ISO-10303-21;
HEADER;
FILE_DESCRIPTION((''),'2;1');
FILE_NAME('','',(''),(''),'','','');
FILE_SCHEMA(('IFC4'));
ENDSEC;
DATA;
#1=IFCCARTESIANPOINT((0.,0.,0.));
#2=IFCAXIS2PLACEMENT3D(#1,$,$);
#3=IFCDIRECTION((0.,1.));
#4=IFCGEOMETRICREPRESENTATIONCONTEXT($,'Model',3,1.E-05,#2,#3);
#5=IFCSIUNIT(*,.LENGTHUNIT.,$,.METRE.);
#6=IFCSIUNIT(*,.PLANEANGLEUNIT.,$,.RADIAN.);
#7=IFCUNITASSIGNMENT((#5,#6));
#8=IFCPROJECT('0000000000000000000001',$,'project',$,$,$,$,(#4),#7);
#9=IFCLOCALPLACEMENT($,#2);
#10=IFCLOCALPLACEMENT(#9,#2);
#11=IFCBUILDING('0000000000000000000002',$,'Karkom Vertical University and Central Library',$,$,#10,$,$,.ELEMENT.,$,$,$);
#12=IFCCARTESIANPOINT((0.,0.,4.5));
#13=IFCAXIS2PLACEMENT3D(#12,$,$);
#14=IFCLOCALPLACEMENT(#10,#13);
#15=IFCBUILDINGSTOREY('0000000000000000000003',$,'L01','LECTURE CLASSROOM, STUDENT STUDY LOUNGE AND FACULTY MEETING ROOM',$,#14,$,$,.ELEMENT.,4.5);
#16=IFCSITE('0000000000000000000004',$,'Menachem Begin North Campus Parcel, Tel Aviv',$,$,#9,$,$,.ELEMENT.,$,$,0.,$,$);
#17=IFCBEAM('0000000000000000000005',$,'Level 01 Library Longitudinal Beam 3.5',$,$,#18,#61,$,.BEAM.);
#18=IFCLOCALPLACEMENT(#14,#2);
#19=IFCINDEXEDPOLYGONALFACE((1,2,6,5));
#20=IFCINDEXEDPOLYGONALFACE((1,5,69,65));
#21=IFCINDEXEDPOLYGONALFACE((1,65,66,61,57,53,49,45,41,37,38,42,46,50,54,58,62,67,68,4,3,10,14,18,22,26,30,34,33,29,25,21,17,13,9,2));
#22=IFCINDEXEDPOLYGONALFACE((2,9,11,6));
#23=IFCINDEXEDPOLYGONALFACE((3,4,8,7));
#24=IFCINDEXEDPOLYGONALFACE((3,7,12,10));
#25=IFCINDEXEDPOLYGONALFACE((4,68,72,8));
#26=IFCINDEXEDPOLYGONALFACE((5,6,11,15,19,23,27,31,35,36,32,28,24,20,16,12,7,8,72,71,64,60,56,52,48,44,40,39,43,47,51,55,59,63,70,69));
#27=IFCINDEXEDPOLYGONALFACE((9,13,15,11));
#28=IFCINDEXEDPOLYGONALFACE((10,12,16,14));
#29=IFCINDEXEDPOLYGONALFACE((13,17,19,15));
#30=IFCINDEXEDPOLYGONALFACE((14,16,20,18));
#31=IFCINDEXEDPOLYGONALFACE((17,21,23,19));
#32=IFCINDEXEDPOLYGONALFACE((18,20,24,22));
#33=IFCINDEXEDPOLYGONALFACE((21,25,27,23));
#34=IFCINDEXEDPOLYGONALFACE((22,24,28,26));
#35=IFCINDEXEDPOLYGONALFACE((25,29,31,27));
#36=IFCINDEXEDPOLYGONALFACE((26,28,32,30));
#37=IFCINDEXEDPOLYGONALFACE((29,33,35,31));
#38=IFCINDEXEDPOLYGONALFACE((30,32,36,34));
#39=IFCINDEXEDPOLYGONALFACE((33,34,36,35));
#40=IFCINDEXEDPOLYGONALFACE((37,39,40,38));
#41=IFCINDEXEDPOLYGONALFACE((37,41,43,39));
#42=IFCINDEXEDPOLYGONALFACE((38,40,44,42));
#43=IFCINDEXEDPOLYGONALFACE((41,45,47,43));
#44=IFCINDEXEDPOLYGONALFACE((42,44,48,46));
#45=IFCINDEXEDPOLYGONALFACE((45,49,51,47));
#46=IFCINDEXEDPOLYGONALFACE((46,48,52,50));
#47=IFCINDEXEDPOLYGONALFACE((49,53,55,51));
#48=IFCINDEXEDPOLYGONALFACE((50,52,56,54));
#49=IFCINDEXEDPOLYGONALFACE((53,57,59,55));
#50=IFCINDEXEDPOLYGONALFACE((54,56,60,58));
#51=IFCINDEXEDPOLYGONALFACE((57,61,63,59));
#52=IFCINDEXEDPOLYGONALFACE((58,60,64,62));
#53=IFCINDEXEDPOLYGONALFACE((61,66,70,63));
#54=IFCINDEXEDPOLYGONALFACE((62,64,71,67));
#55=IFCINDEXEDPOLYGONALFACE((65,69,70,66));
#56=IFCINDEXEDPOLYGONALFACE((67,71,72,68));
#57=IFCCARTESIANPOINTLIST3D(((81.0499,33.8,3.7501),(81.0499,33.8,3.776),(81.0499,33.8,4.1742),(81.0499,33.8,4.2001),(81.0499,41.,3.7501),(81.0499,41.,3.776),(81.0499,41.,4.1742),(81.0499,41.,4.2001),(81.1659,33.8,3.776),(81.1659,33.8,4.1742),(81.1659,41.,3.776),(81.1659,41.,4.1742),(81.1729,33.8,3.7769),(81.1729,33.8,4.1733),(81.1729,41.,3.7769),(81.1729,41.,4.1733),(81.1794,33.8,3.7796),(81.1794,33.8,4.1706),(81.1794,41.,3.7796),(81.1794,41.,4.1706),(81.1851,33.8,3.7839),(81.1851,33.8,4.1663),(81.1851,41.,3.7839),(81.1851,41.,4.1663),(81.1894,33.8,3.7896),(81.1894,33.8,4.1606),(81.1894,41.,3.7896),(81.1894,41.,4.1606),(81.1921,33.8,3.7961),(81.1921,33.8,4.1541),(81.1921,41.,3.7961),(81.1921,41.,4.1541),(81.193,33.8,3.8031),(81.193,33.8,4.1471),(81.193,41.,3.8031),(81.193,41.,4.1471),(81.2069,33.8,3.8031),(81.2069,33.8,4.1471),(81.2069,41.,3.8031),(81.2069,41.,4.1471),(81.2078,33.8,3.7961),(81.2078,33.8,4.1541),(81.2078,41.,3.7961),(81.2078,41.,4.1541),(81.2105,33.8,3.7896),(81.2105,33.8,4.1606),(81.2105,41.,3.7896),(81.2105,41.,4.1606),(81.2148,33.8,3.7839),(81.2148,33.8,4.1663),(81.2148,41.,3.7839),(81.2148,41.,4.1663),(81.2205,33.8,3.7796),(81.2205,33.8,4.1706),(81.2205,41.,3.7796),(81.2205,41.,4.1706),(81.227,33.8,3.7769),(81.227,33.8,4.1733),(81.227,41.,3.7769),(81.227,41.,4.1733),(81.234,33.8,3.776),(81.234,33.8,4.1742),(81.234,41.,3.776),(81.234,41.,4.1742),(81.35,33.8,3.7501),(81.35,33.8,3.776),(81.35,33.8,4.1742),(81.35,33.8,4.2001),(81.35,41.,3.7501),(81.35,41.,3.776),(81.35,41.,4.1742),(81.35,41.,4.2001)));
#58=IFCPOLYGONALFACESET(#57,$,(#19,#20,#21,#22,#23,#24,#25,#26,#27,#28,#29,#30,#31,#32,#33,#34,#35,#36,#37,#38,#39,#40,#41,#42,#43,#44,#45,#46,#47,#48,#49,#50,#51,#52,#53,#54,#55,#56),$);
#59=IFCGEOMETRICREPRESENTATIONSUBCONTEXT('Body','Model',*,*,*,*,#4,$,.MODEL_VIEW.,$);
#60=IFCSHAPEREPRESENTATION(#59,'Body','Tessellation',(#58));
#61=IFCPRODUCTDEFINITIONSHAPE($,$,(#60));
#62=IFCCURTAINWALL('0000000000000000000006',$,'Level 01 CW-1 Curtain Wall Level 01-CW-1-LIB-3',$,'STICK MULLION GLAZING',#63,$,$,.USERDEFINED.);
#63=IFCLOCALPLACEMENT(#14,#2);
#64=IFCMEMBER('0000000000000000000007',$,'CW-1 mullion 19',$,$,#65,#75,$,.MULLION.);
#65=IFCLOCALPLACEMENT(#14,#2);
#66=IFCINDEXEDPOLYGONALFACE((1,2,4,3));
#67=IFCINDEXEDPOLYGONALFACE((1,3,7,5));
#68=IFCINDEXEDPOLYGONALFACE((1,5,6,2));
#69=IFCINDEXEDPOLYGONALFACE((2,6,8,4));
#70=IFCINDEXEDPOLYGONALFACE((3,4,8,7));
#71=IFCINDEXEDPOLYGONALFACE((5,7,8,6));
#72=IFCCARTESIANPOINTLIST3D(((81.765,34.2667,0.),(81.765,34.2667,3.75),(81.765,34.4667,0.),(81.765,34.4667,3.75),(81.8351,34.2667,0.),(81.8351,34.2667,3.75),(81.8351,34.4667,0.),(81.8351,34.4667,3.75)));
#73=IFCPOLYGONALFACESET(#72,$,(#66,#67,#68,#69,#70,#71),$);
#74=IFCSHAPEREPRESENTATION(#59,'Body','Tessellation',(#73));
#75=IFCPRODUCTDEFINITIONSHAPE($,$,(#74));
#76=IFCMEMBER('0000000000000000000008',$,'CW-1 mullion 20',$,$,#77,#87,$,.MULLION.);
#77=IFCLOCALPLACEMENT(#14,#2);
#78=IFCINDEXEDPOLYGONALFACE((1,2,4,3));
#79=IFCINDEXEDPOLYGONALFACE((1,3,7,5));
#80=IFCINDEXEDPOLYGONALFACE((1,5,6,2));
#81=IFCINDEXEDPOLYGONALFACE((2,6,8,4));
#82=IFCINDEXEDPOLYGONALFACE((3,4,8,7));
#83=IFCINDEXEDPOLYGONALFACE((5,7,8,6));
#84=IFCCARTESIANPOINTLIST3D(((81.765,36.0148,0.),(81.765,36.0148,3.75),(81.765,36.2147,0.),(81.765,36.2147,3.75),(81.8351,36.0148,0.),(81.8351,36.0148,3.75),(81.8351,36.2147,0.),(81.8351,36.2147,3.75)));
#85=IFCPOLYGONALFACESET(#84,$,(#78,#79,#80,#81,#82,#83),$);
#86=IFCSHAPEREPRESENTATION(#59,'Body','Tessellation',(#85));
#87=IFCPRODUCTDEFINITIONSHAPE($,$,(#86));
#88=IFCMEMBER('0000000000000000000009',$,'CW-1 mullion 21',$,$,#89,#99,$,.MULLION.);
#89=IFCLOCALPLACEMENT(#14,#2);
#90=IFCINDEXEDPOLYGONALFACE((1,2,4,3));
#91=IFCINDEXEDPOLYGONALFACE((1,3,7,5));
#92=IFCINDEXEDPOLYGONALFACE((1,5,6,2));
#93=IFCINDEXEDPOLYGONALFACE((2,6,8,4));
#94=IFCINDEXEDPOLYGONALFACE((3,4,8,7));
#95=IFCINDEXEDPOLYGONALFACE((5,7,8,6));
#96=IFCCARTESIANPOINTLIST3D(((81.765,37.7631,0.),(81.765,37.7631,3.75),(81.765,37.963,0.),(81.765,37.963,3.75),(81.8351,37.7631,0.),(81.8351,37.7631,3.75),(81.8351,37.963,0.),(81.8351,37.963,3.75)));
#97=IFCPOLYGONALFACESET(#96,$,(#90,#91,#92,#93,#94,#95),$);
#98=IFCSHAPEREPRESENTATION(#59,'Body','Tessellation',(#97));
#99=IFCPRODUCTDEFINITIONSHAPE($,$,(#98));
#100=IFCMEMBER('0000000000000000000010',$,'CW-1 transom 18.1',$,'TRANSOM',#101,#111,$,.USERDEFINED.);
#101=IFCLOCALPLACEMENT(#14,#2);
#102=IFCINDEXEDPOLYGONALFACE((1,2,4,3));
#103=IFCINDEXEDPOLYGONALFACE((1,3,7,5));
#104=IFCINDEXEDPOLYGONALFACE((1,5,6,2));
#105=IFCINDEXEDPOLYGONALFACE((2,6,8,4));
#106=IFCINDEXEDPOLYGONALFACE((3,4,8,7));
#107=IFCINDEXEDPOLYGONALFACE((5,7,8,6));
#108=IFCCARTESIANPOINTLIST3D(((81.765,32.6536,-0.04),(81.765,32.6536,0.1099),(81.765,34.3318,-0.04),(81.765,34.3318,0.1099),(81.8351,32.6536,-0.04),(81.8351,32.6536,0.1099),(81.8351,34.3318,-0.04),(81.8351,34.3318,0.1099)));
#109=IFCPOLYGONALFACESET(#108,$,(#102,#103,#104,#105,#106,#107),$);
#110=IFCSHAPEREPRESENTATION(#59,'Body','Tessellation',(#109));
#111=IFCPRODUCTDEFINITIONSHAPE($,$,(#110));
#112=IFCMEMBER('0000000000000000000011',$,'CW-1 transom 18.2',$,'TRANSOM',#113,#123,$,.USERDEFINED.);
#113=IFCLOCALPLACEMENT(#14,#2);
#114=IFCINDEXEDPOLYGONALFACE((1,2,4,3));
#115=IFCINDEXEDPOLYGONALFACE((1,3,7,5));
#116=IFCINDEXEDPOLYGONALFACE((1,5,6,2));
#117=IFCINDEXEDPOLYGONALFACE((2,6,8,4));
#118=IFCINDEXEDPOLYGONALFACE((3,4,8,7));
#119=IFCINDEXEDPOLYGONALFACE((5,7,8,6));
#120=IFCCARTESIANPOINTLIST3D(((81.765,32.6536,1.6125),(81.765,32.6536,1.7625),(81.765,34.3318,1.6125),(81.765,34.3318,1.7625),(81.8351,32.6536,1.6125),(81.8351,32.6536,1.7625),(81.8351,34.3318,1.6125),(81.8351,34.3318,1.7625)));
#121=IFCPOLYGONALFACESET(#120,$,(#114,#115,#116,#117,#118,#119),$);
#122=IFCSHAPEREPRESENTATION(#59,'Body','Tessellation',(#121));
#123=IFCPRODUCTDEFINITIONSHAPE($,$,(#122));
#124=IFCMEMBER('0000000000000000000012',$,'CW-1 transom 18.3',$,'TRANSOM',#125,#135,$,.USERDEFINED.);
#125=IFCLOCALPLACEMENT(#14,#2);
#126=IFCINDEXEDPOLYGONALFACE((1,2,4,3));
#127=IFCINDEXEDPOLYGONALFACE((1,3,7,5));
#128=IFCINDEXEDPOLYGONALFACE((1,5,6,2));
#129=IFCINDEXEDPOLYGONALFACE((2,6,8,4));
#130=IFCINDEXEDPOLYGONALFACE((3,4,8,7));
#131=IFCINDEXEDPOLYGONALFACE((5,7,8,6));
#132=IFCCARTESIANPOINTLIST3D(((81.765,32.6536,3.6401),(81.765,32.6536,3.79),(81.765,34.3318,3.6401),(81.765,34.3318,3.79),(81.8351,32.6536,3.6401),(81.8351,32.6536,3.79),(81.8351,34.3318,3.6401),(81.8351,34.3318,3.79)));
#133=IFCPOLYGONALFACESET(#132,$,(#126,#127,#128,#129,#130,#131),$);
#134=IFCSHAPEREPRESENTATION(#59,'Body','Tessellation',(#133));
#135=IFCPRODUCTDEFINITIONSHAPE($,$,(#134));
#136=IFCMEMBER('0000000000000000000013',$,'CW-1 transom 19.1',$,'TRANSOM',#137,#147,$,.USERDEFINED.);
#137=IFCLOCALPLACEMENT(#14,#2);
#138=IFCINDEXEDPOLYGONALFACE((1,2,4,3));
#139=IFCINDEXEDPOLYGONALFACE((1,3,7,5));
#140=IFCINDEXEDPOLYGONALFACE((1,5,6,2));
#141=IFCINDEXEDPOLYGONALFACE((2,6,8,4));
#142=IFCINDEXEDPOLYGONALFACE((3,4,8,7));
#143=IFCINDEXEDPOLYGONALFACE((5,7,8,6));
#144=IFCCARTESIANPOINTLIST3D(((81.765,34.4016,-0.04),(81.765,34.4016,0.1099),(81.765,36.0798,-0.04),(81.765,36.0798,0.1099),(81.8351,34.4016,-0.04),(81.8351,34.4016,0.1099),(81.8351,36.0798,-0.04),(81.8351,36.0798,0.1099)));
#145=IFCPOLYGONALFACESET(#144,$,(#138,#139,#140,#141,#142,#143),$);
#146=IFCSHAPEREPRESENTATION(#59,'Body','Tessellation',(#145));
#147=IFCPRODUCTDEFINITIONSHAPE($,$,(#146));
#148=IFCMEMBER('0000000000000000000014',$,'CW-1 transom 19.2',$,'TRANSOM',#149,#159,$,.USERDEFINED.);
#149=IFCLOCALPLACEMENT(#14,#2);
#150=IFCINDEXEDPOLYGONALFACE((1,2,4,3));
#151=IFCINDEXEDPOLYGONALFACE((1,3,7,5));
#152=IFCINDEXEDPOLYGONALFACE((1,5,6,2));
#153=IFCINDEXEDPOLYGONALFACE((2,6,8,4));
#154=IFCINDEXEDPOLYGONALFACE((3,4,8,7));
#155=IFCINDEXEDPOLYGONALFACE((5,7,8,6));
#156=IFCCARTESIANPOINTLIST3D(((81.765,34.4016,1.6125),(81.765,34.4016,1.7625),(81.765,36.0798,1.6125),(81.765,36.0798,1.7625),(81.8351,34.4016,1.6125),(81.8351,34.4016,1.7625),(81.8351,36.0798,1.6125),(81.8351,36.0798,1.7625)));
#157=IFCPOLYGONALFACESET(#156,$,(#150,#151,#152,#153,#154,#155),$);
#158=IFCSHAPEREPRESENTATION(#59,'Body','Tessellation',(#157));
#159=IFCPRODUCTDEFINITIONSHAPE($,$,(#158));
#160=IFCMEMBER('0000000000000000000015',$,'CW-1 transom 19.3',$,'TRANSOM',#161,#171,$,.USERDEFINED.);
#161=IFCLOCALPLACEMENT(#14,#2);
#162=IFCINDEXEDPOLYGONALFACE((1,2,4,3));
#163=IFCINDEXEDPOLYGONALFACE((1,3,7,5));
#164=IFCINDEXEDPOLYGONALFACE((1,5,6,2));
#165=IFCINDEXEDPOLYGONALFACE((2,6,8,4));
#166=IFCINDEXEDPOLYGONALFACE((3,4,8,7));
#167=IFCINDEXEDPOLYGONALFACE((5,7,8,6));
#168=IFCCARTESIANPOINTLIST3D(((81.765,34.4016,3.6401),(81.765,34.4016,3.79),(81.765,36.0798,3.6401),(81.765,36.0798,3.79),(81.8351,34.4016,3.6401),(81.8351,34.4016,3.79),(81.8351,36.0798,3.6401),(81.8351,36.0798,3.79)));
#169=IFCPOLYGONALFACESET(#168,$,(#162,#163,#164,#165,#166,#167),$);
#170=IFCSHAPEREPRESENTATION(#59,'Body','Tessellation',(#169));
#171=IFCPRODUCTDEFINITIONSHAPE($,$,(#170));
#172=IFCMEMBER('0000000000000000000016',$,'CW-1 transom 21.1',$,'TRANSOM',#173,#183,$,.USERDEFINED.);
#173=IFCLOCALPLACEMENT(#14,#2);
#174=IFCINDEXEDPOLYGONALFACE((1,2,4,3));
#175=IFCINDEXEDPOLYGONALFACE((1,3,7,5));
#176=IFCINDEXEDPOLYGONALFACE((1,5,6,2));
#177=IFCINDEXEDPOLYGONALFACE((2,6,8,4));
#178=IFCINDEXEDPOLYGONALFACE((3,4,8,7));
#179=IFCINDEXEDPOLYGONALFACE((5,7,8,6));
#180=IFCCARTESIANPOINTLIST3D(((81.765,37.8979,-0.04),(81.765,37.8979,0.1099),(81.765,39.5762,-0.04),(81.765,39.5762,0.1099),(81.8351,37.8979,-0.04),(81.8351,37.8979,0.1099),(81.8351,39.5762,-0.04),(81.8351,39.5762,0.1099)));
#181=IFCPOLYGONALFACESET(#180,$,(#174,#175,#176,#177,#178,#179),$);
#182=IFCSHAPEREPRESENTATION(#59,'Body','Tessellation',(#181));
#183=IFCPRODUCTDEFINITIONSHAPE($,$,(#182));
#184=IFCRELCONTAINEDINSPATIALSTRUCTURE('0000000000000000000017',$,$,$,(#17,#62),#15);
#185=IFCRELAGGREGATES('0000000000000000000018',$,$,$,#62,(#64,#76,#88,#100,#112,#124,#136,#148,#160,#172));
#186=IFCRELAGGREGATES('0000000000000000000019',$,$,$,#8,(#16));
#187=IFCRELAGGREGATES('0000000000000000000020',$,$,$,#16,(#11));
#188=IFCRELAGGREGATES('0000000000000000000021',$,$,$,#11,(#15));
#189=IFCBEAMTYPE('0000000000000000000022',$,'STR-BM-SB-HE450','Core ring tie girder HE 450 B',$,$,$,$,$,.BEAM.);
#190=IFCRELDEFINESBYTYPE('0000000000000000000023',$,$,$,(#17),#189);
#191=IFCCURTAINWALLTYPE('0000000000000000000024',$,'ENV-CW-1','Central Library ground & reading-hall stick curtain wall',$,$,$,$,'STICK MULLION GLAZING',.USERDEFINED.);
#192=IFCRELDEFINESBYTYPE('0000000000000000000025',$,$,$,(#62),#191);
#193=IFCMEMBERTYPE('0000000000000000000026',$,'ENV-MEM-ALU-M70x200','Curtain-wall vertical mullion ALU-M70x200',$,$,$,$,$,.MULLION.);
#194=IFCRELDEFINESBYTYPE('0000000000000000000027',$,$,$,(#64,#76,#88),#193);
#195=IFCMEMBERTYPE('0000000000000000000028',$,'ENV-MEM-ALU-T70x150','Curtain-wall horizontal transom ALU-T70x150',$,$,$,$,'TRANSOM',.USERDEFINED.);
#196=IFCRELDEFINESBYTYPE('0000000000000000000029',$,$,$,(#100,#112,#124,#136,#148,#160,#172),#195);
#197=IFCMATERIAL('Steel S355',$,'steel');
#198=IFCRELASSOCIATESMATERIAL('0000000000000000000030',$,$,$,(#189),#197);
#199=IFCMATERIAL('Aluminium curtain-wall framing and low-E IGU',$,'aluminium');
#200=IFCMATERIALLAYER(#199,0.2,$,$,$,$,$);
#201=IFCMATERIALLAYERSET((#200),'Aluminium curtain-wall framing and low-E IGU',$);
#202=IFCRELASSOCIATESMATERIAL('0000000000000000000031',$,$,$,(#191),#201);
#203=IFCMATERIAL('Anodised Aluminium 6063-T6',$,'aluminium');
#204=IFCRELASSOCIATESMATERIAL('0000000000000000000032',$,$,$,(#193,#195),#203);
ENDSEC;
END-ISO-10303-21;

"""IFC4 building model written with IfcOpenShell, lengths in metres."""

from ifc_helpers import new_model, si_unit, direction, frame, origin, origin_with_axes, origin_2d, place, context, subcontext, project, spatial, rectangle, i_section, extrude, source, transform, mapped, material, layer, layer_set, material_profile, profile_set, type_object, element, aggregate, save


model = new_model("IFC4")

# Units and contexts
model_context = context("Model", 3, precision=1e-05, world=origin(), true_north=direction((0.0, 1.0)))
body_context = subcontext(model_context, "Body", "Model", "MODEL_VIEW")
ifc_project = project(units=[si_unit("LENGTHUNIT", "METRE"), si_unit("PLANEANGLEUNIT", "RADIAN")], contexts=[model_context])

# Site, building, storey
site_placement = place(None, origin())
site = spatial("IfcSite", under=ifc_project, at=site_placement, Name="Menachem Begin North Campus Parcel, Tel Aviv", CompositionType="ELEMENT", RefElevation=0.0)
building_placement = place(site_placement, origin())
building = spatial("IfcBuilding", under=site, at=building_placement, Name="Karkom Vertical University and Central Library", CompositionType="ELEMENT")
storey_placement = place(building_placement, frame((0.0, 0.0, 4.5)))
storey = spatial("IfcBuildingStorey", under=building, at=storey_placement, Name="L01", Description="LECTURE CLASSROOM, STUDENT STUDY LOUNGE AND FACULTY MEETING ROOM", CompositionType="ELEMENT", Elevation=4.5)

# Beam
ifc_material_1 = material(Name="Steel S355", Category="steel")
ifc_material_profile_1 = material_profile(ifc_material_1, i_section(OverallWidth=0.3, OverallDepth=0.45, WebThickness=0.0139, FlangeThickness=0.0259, FilletRadius=0.0271, at=origin_2d()), Name="HE 450 B")
ifc_profile_set_1 = profile_set([ifc_material_profile_1], Name="Steel S355")
beam_type_1 = type_object("IfcBeamType", Name="STR-BM-SB-HE450", Description="Core ring tie girder HE 450 B", PredefinedType="BEAM", material=ifc_profile_set_1)
shared_shape_1 = source(origin_with_axes(), body_context, "Body", "SweptSolid", [
    extrude(i_section(OverallWidth=0.3, OverallDepth=0.45, WebThickness=0.0139, FlangeThickness=0.0259, FilletRadius=0.0271, at=origin_2d()), origin(), (0.0, 0.0, 1.0), 7.2),
])
for number, where, z_axis, x_axis, name in (
    (1, (81.2, 33.8, 3.9751), (0.0, 1.0, 0.0), (-1.0, 0.0, 0.0), "Level 01 Library Longitudinal Beam 3.5"),
):
    element("IfcBeam", number, at=place(storey_placement, frame(where, z_axis=z_axis, x_axis=x_axis)), inside=storey, type_object=beam_type_1, Name=name, PredefinedType="BEAM", context=body_context, shape_type="MappedRepresentation", body=[
        mapped(shared_shape_1, transform((0.0, 0.0, 0.0), scale=1.0)),
    ])

# Curtain wall, members
ifc_material_2 = material(Name="Aluminium curtain-wall framing and low-E IGU", Category="aluminium")
ifc_layer_1 = layer(ifc_material_2, 0.2)
ifc_layer_set_1 = layer_set([ifc_layer_1], Name="Aluminium curtain-wall framing and low-E IGU")
curtain_wall_type = type_object("IfcCurtainWallType", Name="ENV-CW-1", Description="Central Library ground & reading-hall stick curtain wall", ElementType="STICK MULLION GLAZING", PredefinedType="USERDEFINED", material=ifc_layer_set_1)
curtain_wall_placement = place(storey_placement, origin())
curtain_wall = element("IfcCurtainWall", 2, at=curtain_wall_placement, inside=storey, type_object=curtain_wall_type, Name="Level 01 CW-1 Curtain Wall Level 01-CW-1-LIB-3", ObjectType="STICK MULLION GLAZING", PredefinedType="USERDEFINED")
ifc_material_3 = material(Name="Anodised Aluminium 6063-T6", Category="aluminium")
ifc_material_profile_2 = material_profile(ifc_material_3, rectangle(XDim=0.0701, YDim=0.2, at=origin_2d()), Name="ALU-M70x200")
ifc_profile_set_2 = profile_set([ifc_material_profile_2], Name="Anodised Aluminium 6063-T6")
member_type_1 = type_object("IfcMemberType", Name="ENV-MEM-ALU-M70x200", Description="Curtain-wall vertical mullion ALU-M70x200", PredefinedType="MULLION", material=ifc_profile_set_2)
shared_shape_2 = source(origin_with_axes(), body_context, "Body", "SweptSolid", [
    extrude(rectangle(XDim=0.0701, YDim=0.2, at=origin_2d()), origin(), (0.0, 0.0, 1.0), 3.75),
])
member_1_placement = place(storey_placement, frame((81.8, 34.3667, 0.0), z_axis=(0.0, 0.0, 1.0), x_axis=(-1.0, 0.0, 0.0)))
member_1 = element("IfcMember", 3, at=member_1_placement, type_object=member_type_1, Name="CW-1 mullion 19", PredefinedType="MULLION", context=body_context, shape_type="MappedRepresentation", body=[
    mapped(shared_shape_2, transform((0.0, 0.0, 0.0), scale=1.0)),
])
member_2_placement = place(storey_placement, frame((81.8, 36.1147, 0.0), z_axis=(0.0, 0.0, 1.0), x_axis=(-1.0, 0.0, 0.0)))
member_2 = element("IfcMember", 4, at=member_2_placement, type_object=member_type_1, Name="CW-1 mullion 20", PredefinedType="MULLION", context=body_context, shape_type="MappedRepresentation", body=[
    mapped(shared_shape_2, transform((0.0, 0.0, 0.0), scale=1.0)),
])
member_3_placement = place(storey_placement, frame((81.8, 37.863, 0.0), z_axis=(0.0, 0.0, 1.0), x_axis=(-1.0, 0.0, 0.0)))
member_3 = element("IfcMember", 5, at=member_3_placement, type_object=member_type_1, Name="CW-1 mullion 21", PredefinedType="MULLION", context=body_context, shape_type="MappedRepresentation", body=[
    mapped(shared_shape_2, transform((0.0, 0.0, 0.0), scale=1.0)),
])
ifc_material_profile_3 = material_profile(ifc_material_3, rectangle(XDim=0.0701, YDim=0.1499, at=origin_2d()), Name="ALU-T70x150")
ifc_profile_set_3 = profile_set([ifc_material_profile_3], Name="Anodised Aluminium 6063-T6")
member_type_2 = type_object("IfcMemberType", Name="ENV-MEM-ALU-T70x150", Description="Curtain-wall horizontal transom ALU-T70x150", ElementType="TRANSOM", PredefinedType="USERDEFINED", material=ifc_profile_set_3)
shared_shape_3 = source(origin_with_axes(), body_context, "Body", "SweptSolid", [
    extrude(rectangle(XDim=0.0701, YDim=0.1499, at=origin_2d()), origin(), (0.0, 0.0, 1.0), 1.6782),
])
member_4_placement = place(storey_placement, frame((81.8, 32.6536, 0.0349), z_axis=(0.0, 1.0, 0.0), x_axis=(-1.0, 0.0, 0.0)))
member_4 = element("IfcMember", 6, at=member_4_placement, type_object=member_type_2, Name="CW-1 transom 18.1", ObjectType="TRANSOM", PredefinedType="USERDEFINED", context=body_context, shape_type="MappedRepresentation", body=[
    mapped(shared_shape_3, transform((0.0, 0.0, 0.0), scale=1.0)),
])
member_5_placement = place(storey_placement, frame((81.8, 32.6536, 1.6875), z_axis=(0.0, 1.0, 0.0), x_axis=(-1.0, 0.0, 0.0)))
member_5 = element("IfcMember", 7, at=member_5_placement, type_object=member_type_2, Name="CW-1 transom 18.2", ObjectType="TRANSOM", PredefinedType="USERDEFINED", context=body_context, shape_type="MappedRepresentation", body=[
    mapped(shared_shape_3, transform((0.0, 0.0, 0.0), scale=1.0)),
])
member_6_placement = place(storey_placement, frame((81.8, 32.6536, 3.7151), z_axis=(0.0, 1.0, 0.0), x_axis=(-1.0, 0.0, 0.0)))
member_6 = element("IfcMember", 8, at=member_6_placement, type_object=member_type_2, Name="CW-1 transom 18.3", ObjectType="TRANSOM", PredefinedType="USERDEFINED", context=body_context, shape_type="MappedRepresentation", body=[
    mapped(shared_shape_3, transform((0.0, 0.0, 0.0), scale=1.0)),
])
member_7_placement = place(storey_placement, frame((81.8, 34.4016, 0.0349), z_axis=(0.0, 1.0, 0.0), x_axis=(-1.0, 0.0, 0.0)))
member_7 = element("IfcMember", 9, at=member_7_placement, type_object=member_type_2, Name="CW-1 transom 19.1", ObjectType="TRANSOM", PredefinedType="USERDEFINED", context=body_context, shape_type="MappedRepresentation", body=[
    mapped(shared_shape_3, transform((0.0, 0.0, 0.0), scale=1.0)),
])
member_8_placement = place(storey_placement, frame((81.8, 34.4016, 1.6875), z_axis=(0.0, 1.0, 0.0), x_axis=(-1.0, 0.0, 0.0)))
member_8 = element("IfcMember", 10, at=member_8_placement, type_object=member_type_2, Name="CW-1 transom 19.2", ObjectType="TRANSOM", PredefinedType="USERDEFINED", context=body_context, shape_type="MappedRepresentation", body=[
    mapped(shared_shape_3, transform((0.0, 0.0, 0.0), scale=1.0)),
])
member_9_placement = place(storey_placement, frame((81.8, 34.4016, 3.7151), z_axis=(0.0, 1.0, 0.0), x_axis=(-1.0, 0.0, 0.0)))
member_9 = element("IfcMember", 11, at=member_9_placement, type_object=member_type_2, Name="CW-1 transom 19.3", ObjectType="TRANSOM", PredefinedType="USERDEFINED", context=body_context, shape_type="MappedRepresentation", body=[
    mapped(shared_shape_3, transform((0.0, 0.0, 0.0), scale=1.0)),
])
member_10_placement = place(storey_placement, frame((81.8, 37.8979, 0.0349), z_axis=(0.0, 1.0, 0.0), x_axis=(-1.0, 0.0, 0.0)))
member_10 = element("IfcMember", 12, at=member_10_placement, type_object=member_type_2, Name="CW-1 transom 21.1", ObjectType="TRANSOM", PredefinedType="USERDEFINED", context=body_context, shape_type="MappedRepresentation", body=[
    mapped(shared_shape_3, transform((0.0, 0.0, 0.0), scale=1.0)),
])
aggregate(curtain_wall, [member_1, member_2, member_3, member_4, member_5, member_6, member_7, member_8, member_9, member_10])

save(model, "model.ifc")
